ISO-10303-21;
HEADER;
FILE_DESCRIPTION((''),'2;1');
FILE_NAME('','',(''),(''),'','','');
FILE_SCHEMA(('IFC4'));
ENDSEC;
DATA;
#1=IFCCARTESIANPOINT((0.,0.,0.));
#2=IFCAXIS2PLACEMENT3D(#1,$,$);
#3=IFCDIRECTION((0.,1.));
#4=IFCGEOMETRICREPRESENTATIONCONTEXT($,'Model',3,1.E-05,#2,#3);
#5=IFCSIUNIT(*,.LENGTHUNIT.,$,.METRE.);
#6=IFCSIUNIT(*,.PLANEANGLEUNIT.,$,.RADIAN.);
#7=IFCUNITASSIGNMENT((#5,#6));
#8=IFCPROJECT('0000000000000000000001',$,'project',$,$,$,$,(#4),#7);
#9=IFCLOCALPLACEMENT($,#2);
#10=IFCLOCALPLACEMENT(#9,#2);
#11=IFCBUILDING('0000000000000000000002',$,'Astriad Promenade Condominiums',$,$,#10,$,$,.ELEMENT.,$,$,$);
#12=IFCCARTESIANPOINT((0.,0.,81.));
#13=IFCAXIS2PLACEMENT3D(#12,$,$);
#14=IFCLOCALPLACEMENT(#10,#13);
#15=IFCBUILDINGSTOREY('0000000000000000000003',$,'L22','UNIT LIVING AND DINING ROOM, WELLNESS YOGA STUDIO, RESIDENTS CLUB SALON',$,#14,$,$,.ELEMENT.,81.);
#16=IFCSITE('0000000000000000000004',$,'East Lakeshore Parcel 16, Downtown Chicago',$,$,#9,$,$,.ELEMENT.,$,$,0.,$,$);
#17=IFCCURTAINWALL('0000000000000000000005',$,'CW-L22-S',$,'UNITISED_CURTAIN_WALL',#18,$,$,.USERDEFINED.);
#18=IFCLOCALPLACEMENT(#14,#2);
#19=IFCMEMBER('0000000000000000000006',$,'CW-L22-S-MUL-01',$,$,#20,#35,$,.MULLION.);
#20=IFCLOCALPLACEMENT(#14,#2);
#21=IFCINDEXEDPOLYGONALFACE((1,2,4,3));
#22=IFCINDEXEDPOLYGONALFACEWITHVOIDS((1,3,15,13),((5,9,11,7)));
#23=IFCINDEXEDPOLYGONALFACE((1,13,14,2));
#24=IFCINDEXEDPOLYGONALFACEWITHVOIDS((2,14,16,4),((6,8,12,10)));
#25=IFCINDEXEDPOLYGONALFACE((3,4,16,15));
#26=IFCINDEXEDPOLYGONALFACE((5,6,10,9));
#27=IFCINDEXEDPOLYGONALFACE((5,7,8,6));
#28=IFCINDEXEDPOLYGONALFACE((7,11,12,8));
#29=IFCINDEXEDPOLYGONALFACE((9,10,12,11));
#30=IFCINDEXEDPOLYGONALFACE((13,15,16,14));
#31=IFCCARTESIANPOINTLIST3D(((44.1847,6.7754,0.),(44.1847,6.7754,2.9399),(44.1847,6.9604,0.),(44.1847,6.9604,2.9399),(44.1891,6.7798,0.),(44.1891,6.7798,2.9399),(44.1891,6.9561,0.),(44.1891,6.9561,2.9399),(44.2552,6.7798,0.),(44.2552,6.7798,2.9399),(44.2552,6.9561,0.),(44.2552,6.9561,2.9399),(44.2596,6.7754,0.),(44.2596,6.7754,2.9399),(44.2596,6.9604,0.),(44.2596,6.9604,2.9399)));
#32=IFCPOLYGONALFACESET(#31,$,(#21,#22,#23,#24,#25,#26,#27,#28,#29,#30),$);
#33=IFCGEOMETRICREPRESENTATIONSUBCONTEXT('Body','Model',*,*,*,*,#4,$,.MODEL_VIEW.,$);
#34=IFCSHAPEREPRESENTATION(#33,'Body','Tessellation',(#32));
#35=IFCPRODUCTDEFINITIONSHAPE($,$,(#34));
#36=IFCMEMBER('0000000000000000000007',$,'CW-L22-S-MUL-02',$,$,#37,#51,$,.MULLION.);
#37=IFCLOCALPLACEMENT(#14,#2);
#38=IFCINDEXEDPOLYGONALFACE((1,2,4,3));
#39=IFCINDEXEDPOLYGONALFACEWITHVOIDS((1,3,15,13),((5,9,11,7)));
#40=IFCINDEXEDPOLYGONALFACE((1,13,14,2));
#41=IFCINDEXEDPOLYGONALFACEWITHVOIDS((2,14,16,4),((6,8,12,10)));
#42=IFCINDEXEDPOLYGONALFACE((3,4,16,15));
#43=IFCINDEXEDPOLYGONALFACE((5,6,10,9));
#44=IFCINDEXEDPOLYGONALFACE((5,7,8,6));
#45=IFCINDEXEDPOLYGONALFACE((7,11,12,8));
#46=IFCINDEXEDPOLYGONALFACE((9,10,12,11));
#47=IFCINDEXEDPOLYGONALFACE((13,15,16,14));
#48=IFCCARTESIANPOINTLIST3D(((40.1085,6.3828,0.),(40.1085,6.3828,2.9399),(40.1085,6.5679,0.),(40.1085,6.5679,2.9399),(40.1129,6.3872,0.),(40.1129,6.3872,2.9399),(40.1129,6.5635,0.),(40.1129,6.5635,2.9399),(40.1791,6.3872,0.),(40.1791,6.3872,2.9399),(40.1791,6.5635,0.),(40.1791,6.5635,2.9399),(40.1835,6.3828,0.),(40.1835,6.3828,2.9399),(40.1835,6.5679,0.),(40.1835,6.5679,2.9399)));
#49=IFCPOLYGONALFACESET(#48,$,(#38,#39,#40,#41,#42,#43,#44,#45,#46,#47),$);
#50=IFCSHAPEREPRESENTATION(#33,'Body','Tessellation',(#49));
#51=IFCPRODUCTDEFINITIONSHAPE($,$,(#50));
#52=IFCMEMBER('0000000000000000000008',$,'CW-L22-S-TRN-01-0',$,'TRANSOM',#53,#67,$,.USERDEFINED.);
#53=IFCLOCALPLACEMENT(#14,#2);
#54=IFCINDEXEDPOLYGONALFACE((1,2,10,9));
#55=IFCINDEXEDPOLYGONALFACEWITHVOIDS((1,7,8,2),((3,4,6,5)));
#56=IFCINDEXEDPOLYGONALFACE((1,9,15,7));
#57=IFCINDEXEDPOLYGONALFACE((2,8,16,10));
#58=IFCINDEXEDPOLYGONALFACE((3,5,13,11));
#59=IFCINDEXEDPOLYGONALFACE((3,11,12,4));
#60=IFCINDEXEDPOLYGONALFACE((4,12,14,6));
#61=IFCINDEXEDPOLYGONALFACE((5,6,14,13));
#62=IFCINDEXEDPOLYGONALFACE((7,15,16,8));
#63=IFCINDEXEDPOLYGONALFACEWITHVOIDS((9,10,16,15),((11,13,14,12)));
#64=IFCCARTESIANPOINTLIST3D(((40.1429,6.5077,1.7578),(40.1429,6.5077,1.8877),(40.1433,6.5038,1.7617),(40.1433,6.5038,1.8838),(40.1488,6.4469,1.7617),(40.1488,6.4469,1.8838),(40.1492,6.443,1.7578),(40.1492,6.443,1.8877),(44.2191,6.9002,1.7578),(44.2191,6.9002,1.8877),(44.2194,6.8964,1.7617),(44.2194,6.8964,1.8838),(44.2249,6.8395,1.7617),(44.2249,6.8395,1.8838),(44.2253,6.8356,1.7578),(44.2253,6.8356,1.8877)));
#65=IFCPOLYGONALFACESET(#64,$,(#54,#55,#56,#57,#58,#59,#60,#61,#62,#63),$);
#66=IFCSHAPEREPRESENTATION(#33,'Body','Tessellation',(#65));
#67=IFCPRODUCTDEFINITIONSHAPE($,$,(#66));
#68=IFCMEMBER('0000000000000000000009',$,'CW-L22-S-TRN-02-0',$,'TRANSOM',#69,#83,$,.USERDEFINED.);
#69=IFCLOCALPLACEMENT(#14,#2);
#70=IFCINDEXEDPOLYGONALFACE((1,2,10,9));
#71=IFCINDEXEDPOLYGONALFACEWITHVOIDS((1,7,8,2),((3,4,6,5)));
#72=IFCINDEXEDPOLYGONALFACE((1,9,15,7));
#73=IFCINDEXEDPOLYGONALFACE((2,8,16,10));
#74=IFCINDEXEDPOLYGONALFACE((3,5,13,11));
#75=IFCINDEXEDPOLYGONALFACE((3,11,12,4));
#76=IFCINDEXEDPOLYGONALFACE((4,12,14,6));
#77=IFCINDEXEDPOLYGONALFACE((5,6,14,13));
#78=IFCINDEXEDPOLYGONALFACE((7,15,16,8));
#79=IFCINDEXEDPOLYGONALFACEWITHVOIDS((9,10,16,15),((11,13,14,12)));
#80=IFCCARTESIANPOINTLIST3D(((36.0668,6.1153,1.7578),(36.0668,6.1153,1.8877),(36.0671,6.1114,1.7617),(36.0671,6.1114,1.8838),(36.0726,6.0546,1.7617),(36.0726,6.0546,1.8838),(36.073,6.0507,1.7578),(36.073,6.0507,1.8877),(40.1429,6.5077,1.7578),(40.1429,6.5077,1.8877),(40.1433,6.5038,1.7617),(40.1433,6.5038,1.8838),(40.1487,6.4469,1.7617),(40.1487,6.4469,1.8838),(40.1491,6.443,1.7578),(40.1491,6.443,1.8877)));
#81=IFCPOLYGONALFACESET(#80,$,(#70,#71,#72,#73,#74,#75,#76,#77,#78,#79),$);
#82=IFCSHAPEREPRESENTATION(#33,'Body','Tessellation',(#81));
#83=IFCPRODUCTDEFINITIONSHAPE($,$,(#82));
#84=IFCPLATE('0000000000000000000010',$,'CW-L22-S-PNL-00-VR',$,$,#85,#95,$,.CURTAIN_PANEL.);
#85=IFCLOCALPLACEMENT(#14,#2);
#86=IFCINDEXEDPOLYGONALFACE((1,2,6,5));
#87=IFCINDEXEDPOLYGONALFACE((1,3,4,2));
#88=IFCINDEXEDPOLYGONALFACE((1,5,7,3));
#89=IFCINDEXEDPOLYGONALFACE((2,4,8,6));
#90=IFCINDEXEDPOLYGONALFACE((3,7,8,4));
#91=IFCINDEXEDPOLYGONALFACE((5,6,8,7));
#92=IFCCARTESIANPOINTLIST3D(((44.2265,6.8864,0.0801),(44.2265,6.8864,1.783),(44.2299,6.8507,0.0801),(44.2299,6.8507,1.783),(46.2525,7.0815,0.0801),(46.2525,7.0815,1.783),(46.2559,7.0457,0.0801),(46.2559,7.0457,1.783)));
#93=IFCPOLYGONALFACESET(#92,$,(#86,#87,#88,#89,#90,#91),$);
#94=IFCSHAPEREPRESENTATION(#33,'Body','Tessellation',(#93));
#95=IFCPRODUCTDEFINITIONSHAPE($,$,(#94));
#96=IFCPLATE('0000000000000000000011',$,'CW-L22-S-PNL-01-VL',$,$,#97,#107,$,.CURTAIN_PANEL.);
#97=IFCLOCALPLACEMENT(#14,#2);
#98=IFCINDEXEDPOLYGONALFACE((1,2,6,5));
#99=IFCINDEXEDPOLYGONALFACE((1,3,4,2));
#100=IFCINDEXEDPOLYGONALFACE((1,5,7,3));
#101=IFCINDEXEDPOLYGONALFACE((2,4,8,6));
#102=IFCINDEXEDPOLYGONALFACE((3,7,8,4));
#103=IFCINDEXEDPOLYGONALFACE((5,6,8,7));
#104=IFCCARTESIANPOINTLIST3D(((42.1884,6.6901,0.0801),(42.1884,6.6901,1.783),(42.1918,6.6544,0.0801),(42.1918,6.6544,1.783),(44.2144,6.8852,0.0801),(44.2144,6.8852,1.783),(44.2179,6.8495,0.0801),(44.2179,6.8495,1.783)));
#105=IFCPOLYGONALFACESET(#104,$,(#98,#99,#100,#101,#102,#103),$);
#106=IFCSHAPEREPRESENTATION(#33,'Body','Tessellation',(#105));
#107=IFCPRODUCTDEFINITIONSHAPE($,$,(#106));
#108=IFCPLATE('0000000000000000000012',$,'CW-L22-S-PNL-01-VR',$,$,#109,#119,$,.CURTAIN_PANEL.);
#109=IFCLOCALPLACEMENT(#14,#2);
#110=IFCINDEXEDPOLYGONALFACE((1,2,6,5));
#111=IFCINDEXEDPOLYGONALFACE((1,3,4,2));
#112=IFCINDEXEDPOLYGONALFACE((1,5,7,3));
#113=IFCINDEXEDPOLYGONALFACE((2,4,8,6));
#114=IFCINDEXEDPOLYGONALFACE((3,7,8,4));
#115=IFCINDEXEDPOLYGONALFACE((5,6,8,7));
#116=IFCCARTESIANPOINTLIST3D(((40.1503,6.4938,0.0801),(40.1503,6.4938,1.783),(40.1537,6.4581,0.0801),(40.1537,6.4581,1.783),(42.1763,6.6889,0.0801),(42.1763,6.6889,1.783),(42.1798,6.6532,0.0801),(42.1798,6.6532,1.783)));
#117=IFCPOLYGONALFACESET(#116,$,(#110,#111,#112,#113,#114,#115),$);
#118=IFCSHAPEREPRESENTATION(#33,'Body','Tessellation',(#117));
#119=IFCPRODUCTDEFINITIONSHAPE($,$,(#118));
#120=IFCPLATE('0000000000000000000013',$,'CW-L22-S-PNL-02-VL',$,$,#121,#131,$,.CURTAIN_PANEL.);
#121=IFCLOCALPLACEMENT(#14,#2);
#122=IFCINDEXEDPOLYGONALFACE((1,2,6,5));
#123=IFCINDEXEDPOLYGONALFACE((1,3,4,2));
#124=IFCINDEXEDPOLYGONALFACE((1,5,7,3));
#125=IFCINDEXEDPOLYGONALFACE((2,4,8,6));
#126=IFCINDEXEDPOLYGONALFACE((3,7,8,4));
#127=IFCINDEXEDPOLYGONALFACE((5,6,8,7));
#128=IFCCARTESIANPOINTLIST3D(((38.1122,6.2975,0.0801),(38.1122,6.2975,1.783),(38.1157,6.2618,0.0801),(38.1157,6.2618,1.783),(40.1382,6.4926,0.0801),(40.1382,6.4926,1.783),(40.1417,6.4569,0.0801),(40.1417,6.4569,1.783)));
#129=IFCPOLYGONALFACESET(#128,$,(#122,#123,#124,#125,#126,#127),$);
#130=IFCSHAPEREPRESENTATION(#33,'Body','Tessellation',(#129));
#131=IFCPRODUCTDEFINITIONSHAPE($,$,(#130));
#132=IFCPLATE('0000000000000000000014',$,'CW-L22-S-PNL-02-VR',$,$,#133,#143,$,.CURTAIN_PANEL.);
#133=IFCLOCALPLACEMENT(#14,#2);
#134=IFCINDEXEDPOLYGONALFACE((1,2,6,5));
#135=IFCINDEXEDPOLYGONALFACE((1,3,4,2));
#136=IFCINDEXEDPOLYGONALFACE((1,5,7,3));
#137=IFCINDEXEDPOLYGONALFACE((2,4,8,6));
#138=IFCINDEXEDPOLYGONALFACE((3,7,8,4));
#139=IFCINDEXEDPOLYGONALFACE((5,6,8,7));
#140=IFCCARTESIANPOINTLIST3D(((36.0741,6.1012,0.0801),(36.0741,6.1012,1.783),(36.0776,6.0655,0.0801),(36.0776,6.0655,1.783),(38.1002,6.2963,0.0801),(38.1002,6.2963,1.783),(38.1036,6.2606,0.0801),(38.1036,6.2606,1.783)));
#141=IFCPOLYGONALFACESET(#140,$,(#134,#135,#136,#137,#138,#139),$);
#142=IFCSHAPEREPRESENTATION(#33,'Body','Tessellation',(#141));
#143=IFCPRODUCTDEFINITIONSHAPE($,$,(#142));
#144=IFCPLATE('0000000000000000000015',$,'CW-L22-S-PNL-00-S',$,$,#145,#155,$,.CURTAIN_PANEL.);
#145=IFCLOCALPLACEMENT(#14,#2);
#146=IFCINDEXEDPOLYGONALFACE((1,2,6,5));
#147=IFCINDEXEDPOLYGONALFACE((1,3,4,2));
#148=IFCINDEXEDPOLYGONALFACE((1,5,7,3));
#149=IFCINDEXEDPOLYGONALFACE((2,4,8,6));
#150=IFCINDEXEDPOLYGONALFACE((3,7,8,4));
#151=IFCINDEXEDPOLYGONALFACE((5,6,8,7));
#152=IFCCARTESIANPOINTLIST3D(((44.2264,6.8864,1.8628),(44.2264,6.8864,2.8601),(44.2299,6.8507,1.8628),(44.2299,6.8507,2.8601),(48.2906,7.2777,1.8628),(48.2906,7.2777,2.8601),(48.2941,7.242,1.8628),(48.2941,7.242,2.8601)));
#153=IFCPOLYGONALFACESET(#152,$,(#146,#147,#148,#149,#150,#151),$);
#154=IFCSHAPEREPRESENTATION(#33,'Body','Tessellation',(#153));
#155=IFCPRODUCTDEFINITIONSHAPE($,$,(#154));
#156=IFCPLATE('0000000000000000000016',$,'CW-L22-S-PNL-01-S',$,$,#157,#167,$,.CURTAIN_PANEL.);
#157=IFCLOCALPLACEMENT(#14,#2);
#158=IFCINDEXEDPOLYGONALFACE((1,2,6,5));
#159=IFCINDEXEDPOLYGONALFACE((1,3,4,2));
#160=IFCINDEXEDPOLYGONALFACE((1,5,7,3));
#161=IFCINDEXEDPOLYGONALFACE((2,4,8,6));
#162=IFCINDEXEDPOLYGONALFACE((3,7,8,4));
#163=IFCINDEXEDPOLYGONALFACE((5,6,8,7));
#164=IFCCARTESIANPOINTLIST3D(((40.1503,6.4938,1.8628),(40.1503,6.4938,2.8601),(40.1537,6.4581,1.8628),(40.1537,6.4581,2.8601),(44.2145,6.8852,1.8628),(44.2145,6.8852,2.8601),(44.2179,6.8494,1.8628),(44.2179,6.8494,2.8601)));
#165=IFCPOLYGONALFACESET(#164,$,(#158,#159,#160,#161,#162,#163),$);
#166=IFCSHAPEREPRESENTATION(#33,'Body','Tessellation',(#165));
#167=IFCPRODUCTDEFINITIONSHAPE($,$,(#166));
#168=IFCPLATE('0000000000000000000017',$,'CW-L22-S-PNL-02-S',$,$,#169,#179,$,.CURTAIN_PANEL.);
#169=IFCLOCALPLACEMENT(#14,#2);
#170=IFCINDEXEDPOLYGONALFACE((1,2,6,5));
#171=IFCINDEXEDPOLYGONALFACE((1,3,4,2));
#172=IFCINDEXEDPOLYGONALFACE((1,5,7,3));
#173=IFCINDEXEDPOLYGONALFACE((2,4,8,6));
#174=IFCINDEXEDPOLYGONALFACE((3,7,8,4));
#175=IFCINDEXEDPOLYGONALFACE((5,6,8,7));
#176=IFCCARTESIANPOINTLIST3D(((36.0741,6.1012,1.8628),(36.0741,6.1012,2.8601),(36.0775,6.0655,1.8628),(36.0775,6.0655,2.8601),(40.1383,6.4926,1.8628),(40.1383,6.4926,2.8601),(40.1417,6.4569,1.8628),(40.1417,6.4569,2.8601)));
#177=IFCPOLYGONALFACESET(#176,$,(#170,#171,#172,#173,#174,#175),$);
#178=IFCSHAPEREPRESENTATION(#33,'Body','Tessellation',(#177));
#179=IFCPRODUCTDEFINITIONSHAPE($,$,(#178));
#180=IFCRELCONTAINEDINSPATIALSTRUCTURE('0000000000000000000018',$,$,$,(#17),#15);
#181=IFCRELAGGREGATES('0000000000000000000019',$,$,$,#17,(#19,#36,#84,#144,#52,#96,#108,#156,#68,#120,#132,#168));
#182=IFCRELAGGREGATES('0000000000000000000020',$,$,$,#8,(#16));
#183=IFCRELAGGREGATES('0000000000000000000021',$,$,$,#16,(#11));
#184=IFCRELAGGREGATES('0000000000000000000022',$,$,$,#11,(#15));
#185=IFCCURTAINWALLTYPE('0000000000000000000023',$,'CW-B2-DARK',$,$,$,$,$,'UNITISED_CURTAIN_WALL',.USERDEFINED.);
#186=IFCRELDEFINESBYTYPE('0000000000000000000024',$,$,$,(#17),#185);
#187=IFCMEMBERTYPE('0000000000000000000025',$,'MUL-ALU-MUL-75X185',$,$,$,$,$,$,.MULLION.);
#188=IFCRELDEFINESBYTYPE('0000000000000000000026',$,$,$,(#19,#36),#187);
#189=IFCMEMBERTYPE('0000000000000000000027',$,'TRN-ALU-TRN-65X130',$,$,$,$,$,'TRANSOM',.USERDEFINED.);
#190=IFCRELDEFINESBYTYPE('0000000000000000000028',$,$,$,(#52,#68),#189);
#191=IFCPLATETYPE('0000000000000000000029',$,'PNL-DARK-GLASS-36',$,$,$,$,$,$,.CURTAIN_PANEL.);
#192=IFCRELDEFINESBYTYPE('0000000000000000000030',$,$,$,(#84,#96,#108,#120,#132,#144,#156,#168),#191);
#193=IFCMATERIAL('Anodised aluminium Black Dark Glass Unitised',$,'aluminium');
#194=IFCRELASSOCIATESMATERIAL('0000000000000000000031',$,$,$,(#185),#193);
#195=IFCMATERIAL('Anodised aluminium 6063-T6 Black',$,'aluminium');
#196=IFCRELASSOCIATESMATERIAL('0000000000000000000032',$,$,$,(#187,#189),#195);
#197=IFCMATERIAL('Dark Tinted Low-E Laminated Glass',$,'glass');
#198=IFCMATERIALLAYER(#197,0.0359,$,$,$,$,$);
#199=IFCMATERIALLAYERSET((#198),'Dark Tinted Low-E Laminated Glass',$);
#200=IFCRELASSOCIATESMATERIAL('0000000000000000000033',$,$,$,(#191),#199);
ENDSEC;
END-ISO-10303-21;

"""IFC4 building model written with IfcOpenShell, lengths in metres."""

from ifc_helpers import new_model, si_unit, direction, frame, origin, origin_2d, place, context, subcontext, project, spatial, rectangle, hollow_rectangle, extrude, source, transform, mapped, material, layer, layer_set, material_profile, profile_set, type_object, type_shapes, element, aggregate, save


model = new_model("IFC4")

# Units and contexts
model_context = context("Model", 3, precision=1e-05, world=origin(), true_north=direction((0.0, 1.0)))
body_context = subcontext(model_context, "Body", "Model", "MODEL_VIEW")
ifc_project = project(units=[si_unit("LENGTHUNIT", "METRE"), si_unit("PLANEANGLEUNIT", "RADIAN")], contexts=[model_context])

# Site, building, storey
site_placement = place(None, origin())
site = spatial("IfcSite", under=ifc_project, at=site_placement, Name="East Lakeshore Parcel 16, Downtown Chicago", CompositionType="ELEMENT", RefElevation=0.0)
building_placement = place(site_placement, origin())
building = spatial("IfcBuilding", under=site, at=building_placement, Name="Astriad Promenade Condominiums", CompositionType="ELEMENT")
storey_placement = place(building_placement, frame((0.0, 0.0, 81.0)))
storey = spatial("IfcBuildingStorey", under=building, at=storey_placement, Name="L22", Description="UNIT LIVING AND DINING ROOM, WELLNESS YOGA STUDIO, RESIDENTS CLUB SALON", CompositionType="ELEMENT", Elevation=81.0)

# Curtain wall, members, plates
ifc_material_1 = material(Name="Anodised aluminium Black Dark Glass Unitised", Category="aluminium")
curtain_wall_type = type_object("IfcCurtainWallType", Name="CW-B2-DARK", ElementType="UNITISED_CURTAIN_WALL", PredefinedType="USERDEFINED", material=ifc_material_1)
curtain_wall_placement = place(storey_placement, origin())
curtain_wall = element("IfcCurtainWall", 1, at=curtain_wall_placement, inside=storey, type_object=curtain_wall_type, Name="CW-L22-S", ObjectType="UNITISED_CURTAIN_WALL", PredefinedType="USERDEFINED")
ifc_material_2 = material(Name="Anodised aluminium 6063-T6 Black", Category="aluminium")
ifc_material_profile_1 = material_profile(ifc_material_2, hollow_rectangle(XDim=0.075, YDim=0.1851, WallThickness=0.0044, at=origin_2d()), Name="ALU-MUL-75X185")
ifc_profile_set_1 = profile_set([ifc_material_profile_1], Name="Anodised aluminium 6063-T6 Black")
member_type_1 = type_object("IfcMemberType", Name="MUL-ALU-MUL-75X185", PredefinedType="MULLION", material=ifc_profile_set_1)
shared_shape_1 = source(origin(), body_context, "Body", "SweptSolid", [
    extrude(hollow_rectangle(XDim=0.075, YDim=0.1851, WallThickness=0.0044, at=origin_2d()), origin(), (0.0, 0.0, 1.0), 2.9399),
])
type_shapes(member_type_1, [shared_shape_1])
member_1_placement = place(storey_placement, frame((44.2222, 6.8679, 0.0), z_axis=(0.0, 0.0, 1.0), x_axis=(1.0, 0.0, 0.0)))
member_1 = element("IfcMember", 2, at=member_1_placement, type_object=member_type_1, Name="CW-L22-S-MUL-01", PredefinedType="MULLION", context=body_context, shape_type="MappedRepresentation", body=[
    mapped(shared_shape_1, transform((0.0, 0.0, 0.0), scale=1.0)),
])
member_2_placement = place(storey_placement, frame((40.146, 6.4753, 0.0), z_axis=(0.0, 0.0, 1.0), x_axis=(1.0, 0.0, 0.0)))
member_2 = element("IfcMember", 3, at=member_2_placement, type_object=member_type_1, Name="CW-L22-S-MUL-02", PredefinedType="MULLION", context=body_context, shape_type="MappedRepresentation", body=[
    mapped(shared_shape_1, transform((0.0, 0.0, 0.0), scale=1.0)),
])
ifc_material_profile_2 = material_profile(ifc_material_2, hollow_rectangle(XDim=0.0649, YDim=0.1299, WallThickness=0.0039, at=origin_2d()), Name="ALU-TRN-65X130")
ifc_profile_set_2 = profile_set([ifc_material_profile_2], Name="Anodised aluminium 6063-T6 Black")
member_type_2 = type_object("IfcMemberType", Name="TRN-ALU-TRN-65X130", ElementType="TRANSOM", PredefinedType="USERDEFINED", material=ifc_profile_set_2)
shared_shape_2 = source(origin(), body_context, "Body", "SweptSolid", [
    extrude(hollow_rectangle(XDim=0.0649, YDim=0.1299, WallThickness=0.0039, at=origin_2d()), origin(), (0.0, 0.0, 1.0), 4.095),
])
type_shapes(member_type_2, [shared_shape_2])
member_3_placement = place(storey_placement, frame((44.2222, 6.8679, 1.8228), z_axis=(-0.995394, -0.095867, 0.0), x_axis=(0.095867, -0.995394, 0.0)))
member_3 = element("IfcMember", 4, at=member_3_placement, type_object=member_type_2, Name="CW-L22-S-TRN-01-0", ObjectType="TRANSOM", PredefinedType="USERDEFINED", context=body_context, shape_type="MappedRepresentation", body=[
    mapped(shared_shape_2, transform((0.0, 0.0, 0.0), scale=1.0)),
])
member_4_placement = place(storey_placement, frame((40.146, 6.4753, 1.8228), z_axis=(-0.9954, -0.095808, 0.0), x_axis=(0.095808, -0.9954, 0.0)))
member_4 = element("IfcMember", 5, at=member_4_placement, type_object=member_type_2, Name="CW-L22-S-TRN-02-0", ObjectType="TRANSOM", PredefinedType="USERDEFINED", context=body_context, shape_type="MappedRepresentation", body=[
    mapped(shared_shape_2, transform((0.0, 0.0, 0.0), scale=1.0)),
])
ifc_material_3 = material(Name="Dark Tinted Low-E Laminated Glass", Category="glass")
ifc_layer_1 = layer(ifc_material_3, 0.0359)
ifc_layer_set_1 = layer_set([ifc_layer_1], Name="Dark Tinted Low-E Laminated Glass")
plate_type = type_object("IfcPlateType", Name="PNL-DARK-GLASS-36", PredefinedType="CURTAIN_PANEL", material=ifc_layer_set_1)
shared_shape_3 = source(origin(), body_context, "Body", "SweptSolid", [
    extrude(rectangle(XDim=2.0354, YDim=0.0359, at=origin_2d()), origin(), (0.0, 0.0, 1.0), 1.7029),
])
plate_1_placement = place(storey_placement, frame((45.2412, 6.9661, 0.0801), z_axis=(0.0, 0.0, 1.0), x_axis=(-0.995396, -0.095846, 0.0)))
plate_1 = element("IfcPlate", 6, at=plate_1_placement, type_object=plate_type, Name="CW-L22-S-PNL-00-VR", PredefinedType="CURTAIN_PANEL", context=body_context, shape_type="MappedRepresentation", body=[
    mapped(shared_shape_3, transform((0.0, 0.0, 0.0), scale=1.0)),
])
plate_2_placement = place(storey_placement, frame((43.2031, 6.7698, 0.0801), z_axis=(0.0, 0.0, 1.0), x_axis=(-0.995396, -0.095846, 0.0)))
plate_2 = element("IfcPlate", 7, at=plate_2_placement, type_object=plate_type, Name="CW-L22-S-PNL-01-VL", PredefinedType="CURTAIN_PANEL", context=body_context, shape_type="MappedRepresentation", body=[
    mapped(shared_shape_3, transform((0.0, 0.0, 0.0), scale=1.0)),
])
plate_3_placement = place(storey_placement, frame((41.165, 6.5735, 0.0801), z_axis=(0.0, 0.0, 1.0), x_axis=(-0.995396, -0.095846, 0.0)))
plate_3 = element("IfcPlate", 8, at=plate_3_placement, type_object=plate_type, Name="CW-L22-S-PNL-01-VR", PredefinedType="CURTAIN_PANEL", context=body_context, shape_type="MappedRepresentation", body=[
    mapped(shared_shape_3, transform((0.0, 0.0, 0.0), scale=1.0)),
])
plate_4_placement = place(storey_placement, frame((39.127, 6.3772, 0.0801), z_axis=(0.0, 0.0, 1.0), x_axis=(-0.995396, -0.095846, 0.0)))
plate_4 = element("IfcPlate", 9, at=plate_4_placement, type_object=plate_type, Name="CW-L22-S-PNL-02-VL", PredefinedType="CURTAIN_PANEL", context=body_context, shape_type="MappedRepresentation", body=[
    mapped(shared_shape_3, transform((0.0, 0.0, 0.0), scale=1.0)),
])
plate_5_placement = place(storey_placement, frame((37.0889, 6.1809, 0.0801), z_axis=(0.0, 0.0, 1.0), x_axis=(-0.995396, -0.095846, 0.0)))
plate_5 = element("IfcPlate", 10, at=plate_5_placement, type_object=plate_type, Name="CW-L22-S-PNL-02-VR", PredefinedType="CURTAIN_PANEL", context=body_context, shape_type="MappedRepresentation", body=[
    mapped(shared_shape_3, transform((0.0, 0.0, 0.0), scale=1.0)),
])
shared_shape_4 = source(origin(), body_context, "Body", "SweptSolid", [
    extrude(rectangle(XDim=4.083, YDim=0.0359, at=origin_2d()), origin(), (0.0, 0.0, 1.0), 0.9973),
])
type_shapes(plate_type, [shared_shape_3, shared_shape_4])
plate_6_placement = place(storey_placement, frame((46.2603, 7.0642, 1.8628), z_axis=(0.0, 0.0, 1.0), x_axis=(-0.995396, -0.095846, 0.0)))
plate_6 = element("IfcPlate", 11, at=plate_6_placement, type_object=plate_type, Name="CW-L22-S-PNL-00-S", PredefinedType="CURTAIN_PANEL", context=body_context, shape_type="MappedRepresentation", body=[
    mapped(shared_shape_4, transform((0.0, 0.0, 0.0), scale=1.0)),
])
plate_7_placement = place(storey_placement, frame((42.1841, 6.6716, 1.8628), z_axis=(0.0, 0.0, 1.0), x_axis=(-0.995396, -0.095846, 0.0)))
plate_7 = element("IfcPlate", 12, at=plate_7_placement, type_object=plate_type, Name="CW-L22-S-PNL-01-S", PredefinedType="CURTAIN_PANEL", context=body_context, shape_type="MappedRepresentation", body=[
    mapped(shared_shape_4, transform((0.0, 0.0, 0.0), scale=1.0)),
])
plate_8_placement = place(storey_placement, frame((38.1079, 6.2791, 1.8628), z_axis=(0.0, 0.0, 1.0), x_axis=(-0.995396, -0.095846, 0.0)))
plate_8 = element("IfcPlate", 13, at=plate_8_placement, type_object=plate_type, Name="CW-L22-S-PNL-02-S", PredefinedType="CURTAIN_PANEL", context=body_context, shape_type="MappedRepresentation", body=[
    mapped(shared_shape_4, transform((0.0, 0.0, 0.0), scale=1.0)),
])
aggregate(curtain_wall, [member_1, member_2, plate_1, plate_6, member_3, plate_2, plate_3, plate_7, member_4, plate_4, plate_5, plate_8])

save(model, "model.ifc")
